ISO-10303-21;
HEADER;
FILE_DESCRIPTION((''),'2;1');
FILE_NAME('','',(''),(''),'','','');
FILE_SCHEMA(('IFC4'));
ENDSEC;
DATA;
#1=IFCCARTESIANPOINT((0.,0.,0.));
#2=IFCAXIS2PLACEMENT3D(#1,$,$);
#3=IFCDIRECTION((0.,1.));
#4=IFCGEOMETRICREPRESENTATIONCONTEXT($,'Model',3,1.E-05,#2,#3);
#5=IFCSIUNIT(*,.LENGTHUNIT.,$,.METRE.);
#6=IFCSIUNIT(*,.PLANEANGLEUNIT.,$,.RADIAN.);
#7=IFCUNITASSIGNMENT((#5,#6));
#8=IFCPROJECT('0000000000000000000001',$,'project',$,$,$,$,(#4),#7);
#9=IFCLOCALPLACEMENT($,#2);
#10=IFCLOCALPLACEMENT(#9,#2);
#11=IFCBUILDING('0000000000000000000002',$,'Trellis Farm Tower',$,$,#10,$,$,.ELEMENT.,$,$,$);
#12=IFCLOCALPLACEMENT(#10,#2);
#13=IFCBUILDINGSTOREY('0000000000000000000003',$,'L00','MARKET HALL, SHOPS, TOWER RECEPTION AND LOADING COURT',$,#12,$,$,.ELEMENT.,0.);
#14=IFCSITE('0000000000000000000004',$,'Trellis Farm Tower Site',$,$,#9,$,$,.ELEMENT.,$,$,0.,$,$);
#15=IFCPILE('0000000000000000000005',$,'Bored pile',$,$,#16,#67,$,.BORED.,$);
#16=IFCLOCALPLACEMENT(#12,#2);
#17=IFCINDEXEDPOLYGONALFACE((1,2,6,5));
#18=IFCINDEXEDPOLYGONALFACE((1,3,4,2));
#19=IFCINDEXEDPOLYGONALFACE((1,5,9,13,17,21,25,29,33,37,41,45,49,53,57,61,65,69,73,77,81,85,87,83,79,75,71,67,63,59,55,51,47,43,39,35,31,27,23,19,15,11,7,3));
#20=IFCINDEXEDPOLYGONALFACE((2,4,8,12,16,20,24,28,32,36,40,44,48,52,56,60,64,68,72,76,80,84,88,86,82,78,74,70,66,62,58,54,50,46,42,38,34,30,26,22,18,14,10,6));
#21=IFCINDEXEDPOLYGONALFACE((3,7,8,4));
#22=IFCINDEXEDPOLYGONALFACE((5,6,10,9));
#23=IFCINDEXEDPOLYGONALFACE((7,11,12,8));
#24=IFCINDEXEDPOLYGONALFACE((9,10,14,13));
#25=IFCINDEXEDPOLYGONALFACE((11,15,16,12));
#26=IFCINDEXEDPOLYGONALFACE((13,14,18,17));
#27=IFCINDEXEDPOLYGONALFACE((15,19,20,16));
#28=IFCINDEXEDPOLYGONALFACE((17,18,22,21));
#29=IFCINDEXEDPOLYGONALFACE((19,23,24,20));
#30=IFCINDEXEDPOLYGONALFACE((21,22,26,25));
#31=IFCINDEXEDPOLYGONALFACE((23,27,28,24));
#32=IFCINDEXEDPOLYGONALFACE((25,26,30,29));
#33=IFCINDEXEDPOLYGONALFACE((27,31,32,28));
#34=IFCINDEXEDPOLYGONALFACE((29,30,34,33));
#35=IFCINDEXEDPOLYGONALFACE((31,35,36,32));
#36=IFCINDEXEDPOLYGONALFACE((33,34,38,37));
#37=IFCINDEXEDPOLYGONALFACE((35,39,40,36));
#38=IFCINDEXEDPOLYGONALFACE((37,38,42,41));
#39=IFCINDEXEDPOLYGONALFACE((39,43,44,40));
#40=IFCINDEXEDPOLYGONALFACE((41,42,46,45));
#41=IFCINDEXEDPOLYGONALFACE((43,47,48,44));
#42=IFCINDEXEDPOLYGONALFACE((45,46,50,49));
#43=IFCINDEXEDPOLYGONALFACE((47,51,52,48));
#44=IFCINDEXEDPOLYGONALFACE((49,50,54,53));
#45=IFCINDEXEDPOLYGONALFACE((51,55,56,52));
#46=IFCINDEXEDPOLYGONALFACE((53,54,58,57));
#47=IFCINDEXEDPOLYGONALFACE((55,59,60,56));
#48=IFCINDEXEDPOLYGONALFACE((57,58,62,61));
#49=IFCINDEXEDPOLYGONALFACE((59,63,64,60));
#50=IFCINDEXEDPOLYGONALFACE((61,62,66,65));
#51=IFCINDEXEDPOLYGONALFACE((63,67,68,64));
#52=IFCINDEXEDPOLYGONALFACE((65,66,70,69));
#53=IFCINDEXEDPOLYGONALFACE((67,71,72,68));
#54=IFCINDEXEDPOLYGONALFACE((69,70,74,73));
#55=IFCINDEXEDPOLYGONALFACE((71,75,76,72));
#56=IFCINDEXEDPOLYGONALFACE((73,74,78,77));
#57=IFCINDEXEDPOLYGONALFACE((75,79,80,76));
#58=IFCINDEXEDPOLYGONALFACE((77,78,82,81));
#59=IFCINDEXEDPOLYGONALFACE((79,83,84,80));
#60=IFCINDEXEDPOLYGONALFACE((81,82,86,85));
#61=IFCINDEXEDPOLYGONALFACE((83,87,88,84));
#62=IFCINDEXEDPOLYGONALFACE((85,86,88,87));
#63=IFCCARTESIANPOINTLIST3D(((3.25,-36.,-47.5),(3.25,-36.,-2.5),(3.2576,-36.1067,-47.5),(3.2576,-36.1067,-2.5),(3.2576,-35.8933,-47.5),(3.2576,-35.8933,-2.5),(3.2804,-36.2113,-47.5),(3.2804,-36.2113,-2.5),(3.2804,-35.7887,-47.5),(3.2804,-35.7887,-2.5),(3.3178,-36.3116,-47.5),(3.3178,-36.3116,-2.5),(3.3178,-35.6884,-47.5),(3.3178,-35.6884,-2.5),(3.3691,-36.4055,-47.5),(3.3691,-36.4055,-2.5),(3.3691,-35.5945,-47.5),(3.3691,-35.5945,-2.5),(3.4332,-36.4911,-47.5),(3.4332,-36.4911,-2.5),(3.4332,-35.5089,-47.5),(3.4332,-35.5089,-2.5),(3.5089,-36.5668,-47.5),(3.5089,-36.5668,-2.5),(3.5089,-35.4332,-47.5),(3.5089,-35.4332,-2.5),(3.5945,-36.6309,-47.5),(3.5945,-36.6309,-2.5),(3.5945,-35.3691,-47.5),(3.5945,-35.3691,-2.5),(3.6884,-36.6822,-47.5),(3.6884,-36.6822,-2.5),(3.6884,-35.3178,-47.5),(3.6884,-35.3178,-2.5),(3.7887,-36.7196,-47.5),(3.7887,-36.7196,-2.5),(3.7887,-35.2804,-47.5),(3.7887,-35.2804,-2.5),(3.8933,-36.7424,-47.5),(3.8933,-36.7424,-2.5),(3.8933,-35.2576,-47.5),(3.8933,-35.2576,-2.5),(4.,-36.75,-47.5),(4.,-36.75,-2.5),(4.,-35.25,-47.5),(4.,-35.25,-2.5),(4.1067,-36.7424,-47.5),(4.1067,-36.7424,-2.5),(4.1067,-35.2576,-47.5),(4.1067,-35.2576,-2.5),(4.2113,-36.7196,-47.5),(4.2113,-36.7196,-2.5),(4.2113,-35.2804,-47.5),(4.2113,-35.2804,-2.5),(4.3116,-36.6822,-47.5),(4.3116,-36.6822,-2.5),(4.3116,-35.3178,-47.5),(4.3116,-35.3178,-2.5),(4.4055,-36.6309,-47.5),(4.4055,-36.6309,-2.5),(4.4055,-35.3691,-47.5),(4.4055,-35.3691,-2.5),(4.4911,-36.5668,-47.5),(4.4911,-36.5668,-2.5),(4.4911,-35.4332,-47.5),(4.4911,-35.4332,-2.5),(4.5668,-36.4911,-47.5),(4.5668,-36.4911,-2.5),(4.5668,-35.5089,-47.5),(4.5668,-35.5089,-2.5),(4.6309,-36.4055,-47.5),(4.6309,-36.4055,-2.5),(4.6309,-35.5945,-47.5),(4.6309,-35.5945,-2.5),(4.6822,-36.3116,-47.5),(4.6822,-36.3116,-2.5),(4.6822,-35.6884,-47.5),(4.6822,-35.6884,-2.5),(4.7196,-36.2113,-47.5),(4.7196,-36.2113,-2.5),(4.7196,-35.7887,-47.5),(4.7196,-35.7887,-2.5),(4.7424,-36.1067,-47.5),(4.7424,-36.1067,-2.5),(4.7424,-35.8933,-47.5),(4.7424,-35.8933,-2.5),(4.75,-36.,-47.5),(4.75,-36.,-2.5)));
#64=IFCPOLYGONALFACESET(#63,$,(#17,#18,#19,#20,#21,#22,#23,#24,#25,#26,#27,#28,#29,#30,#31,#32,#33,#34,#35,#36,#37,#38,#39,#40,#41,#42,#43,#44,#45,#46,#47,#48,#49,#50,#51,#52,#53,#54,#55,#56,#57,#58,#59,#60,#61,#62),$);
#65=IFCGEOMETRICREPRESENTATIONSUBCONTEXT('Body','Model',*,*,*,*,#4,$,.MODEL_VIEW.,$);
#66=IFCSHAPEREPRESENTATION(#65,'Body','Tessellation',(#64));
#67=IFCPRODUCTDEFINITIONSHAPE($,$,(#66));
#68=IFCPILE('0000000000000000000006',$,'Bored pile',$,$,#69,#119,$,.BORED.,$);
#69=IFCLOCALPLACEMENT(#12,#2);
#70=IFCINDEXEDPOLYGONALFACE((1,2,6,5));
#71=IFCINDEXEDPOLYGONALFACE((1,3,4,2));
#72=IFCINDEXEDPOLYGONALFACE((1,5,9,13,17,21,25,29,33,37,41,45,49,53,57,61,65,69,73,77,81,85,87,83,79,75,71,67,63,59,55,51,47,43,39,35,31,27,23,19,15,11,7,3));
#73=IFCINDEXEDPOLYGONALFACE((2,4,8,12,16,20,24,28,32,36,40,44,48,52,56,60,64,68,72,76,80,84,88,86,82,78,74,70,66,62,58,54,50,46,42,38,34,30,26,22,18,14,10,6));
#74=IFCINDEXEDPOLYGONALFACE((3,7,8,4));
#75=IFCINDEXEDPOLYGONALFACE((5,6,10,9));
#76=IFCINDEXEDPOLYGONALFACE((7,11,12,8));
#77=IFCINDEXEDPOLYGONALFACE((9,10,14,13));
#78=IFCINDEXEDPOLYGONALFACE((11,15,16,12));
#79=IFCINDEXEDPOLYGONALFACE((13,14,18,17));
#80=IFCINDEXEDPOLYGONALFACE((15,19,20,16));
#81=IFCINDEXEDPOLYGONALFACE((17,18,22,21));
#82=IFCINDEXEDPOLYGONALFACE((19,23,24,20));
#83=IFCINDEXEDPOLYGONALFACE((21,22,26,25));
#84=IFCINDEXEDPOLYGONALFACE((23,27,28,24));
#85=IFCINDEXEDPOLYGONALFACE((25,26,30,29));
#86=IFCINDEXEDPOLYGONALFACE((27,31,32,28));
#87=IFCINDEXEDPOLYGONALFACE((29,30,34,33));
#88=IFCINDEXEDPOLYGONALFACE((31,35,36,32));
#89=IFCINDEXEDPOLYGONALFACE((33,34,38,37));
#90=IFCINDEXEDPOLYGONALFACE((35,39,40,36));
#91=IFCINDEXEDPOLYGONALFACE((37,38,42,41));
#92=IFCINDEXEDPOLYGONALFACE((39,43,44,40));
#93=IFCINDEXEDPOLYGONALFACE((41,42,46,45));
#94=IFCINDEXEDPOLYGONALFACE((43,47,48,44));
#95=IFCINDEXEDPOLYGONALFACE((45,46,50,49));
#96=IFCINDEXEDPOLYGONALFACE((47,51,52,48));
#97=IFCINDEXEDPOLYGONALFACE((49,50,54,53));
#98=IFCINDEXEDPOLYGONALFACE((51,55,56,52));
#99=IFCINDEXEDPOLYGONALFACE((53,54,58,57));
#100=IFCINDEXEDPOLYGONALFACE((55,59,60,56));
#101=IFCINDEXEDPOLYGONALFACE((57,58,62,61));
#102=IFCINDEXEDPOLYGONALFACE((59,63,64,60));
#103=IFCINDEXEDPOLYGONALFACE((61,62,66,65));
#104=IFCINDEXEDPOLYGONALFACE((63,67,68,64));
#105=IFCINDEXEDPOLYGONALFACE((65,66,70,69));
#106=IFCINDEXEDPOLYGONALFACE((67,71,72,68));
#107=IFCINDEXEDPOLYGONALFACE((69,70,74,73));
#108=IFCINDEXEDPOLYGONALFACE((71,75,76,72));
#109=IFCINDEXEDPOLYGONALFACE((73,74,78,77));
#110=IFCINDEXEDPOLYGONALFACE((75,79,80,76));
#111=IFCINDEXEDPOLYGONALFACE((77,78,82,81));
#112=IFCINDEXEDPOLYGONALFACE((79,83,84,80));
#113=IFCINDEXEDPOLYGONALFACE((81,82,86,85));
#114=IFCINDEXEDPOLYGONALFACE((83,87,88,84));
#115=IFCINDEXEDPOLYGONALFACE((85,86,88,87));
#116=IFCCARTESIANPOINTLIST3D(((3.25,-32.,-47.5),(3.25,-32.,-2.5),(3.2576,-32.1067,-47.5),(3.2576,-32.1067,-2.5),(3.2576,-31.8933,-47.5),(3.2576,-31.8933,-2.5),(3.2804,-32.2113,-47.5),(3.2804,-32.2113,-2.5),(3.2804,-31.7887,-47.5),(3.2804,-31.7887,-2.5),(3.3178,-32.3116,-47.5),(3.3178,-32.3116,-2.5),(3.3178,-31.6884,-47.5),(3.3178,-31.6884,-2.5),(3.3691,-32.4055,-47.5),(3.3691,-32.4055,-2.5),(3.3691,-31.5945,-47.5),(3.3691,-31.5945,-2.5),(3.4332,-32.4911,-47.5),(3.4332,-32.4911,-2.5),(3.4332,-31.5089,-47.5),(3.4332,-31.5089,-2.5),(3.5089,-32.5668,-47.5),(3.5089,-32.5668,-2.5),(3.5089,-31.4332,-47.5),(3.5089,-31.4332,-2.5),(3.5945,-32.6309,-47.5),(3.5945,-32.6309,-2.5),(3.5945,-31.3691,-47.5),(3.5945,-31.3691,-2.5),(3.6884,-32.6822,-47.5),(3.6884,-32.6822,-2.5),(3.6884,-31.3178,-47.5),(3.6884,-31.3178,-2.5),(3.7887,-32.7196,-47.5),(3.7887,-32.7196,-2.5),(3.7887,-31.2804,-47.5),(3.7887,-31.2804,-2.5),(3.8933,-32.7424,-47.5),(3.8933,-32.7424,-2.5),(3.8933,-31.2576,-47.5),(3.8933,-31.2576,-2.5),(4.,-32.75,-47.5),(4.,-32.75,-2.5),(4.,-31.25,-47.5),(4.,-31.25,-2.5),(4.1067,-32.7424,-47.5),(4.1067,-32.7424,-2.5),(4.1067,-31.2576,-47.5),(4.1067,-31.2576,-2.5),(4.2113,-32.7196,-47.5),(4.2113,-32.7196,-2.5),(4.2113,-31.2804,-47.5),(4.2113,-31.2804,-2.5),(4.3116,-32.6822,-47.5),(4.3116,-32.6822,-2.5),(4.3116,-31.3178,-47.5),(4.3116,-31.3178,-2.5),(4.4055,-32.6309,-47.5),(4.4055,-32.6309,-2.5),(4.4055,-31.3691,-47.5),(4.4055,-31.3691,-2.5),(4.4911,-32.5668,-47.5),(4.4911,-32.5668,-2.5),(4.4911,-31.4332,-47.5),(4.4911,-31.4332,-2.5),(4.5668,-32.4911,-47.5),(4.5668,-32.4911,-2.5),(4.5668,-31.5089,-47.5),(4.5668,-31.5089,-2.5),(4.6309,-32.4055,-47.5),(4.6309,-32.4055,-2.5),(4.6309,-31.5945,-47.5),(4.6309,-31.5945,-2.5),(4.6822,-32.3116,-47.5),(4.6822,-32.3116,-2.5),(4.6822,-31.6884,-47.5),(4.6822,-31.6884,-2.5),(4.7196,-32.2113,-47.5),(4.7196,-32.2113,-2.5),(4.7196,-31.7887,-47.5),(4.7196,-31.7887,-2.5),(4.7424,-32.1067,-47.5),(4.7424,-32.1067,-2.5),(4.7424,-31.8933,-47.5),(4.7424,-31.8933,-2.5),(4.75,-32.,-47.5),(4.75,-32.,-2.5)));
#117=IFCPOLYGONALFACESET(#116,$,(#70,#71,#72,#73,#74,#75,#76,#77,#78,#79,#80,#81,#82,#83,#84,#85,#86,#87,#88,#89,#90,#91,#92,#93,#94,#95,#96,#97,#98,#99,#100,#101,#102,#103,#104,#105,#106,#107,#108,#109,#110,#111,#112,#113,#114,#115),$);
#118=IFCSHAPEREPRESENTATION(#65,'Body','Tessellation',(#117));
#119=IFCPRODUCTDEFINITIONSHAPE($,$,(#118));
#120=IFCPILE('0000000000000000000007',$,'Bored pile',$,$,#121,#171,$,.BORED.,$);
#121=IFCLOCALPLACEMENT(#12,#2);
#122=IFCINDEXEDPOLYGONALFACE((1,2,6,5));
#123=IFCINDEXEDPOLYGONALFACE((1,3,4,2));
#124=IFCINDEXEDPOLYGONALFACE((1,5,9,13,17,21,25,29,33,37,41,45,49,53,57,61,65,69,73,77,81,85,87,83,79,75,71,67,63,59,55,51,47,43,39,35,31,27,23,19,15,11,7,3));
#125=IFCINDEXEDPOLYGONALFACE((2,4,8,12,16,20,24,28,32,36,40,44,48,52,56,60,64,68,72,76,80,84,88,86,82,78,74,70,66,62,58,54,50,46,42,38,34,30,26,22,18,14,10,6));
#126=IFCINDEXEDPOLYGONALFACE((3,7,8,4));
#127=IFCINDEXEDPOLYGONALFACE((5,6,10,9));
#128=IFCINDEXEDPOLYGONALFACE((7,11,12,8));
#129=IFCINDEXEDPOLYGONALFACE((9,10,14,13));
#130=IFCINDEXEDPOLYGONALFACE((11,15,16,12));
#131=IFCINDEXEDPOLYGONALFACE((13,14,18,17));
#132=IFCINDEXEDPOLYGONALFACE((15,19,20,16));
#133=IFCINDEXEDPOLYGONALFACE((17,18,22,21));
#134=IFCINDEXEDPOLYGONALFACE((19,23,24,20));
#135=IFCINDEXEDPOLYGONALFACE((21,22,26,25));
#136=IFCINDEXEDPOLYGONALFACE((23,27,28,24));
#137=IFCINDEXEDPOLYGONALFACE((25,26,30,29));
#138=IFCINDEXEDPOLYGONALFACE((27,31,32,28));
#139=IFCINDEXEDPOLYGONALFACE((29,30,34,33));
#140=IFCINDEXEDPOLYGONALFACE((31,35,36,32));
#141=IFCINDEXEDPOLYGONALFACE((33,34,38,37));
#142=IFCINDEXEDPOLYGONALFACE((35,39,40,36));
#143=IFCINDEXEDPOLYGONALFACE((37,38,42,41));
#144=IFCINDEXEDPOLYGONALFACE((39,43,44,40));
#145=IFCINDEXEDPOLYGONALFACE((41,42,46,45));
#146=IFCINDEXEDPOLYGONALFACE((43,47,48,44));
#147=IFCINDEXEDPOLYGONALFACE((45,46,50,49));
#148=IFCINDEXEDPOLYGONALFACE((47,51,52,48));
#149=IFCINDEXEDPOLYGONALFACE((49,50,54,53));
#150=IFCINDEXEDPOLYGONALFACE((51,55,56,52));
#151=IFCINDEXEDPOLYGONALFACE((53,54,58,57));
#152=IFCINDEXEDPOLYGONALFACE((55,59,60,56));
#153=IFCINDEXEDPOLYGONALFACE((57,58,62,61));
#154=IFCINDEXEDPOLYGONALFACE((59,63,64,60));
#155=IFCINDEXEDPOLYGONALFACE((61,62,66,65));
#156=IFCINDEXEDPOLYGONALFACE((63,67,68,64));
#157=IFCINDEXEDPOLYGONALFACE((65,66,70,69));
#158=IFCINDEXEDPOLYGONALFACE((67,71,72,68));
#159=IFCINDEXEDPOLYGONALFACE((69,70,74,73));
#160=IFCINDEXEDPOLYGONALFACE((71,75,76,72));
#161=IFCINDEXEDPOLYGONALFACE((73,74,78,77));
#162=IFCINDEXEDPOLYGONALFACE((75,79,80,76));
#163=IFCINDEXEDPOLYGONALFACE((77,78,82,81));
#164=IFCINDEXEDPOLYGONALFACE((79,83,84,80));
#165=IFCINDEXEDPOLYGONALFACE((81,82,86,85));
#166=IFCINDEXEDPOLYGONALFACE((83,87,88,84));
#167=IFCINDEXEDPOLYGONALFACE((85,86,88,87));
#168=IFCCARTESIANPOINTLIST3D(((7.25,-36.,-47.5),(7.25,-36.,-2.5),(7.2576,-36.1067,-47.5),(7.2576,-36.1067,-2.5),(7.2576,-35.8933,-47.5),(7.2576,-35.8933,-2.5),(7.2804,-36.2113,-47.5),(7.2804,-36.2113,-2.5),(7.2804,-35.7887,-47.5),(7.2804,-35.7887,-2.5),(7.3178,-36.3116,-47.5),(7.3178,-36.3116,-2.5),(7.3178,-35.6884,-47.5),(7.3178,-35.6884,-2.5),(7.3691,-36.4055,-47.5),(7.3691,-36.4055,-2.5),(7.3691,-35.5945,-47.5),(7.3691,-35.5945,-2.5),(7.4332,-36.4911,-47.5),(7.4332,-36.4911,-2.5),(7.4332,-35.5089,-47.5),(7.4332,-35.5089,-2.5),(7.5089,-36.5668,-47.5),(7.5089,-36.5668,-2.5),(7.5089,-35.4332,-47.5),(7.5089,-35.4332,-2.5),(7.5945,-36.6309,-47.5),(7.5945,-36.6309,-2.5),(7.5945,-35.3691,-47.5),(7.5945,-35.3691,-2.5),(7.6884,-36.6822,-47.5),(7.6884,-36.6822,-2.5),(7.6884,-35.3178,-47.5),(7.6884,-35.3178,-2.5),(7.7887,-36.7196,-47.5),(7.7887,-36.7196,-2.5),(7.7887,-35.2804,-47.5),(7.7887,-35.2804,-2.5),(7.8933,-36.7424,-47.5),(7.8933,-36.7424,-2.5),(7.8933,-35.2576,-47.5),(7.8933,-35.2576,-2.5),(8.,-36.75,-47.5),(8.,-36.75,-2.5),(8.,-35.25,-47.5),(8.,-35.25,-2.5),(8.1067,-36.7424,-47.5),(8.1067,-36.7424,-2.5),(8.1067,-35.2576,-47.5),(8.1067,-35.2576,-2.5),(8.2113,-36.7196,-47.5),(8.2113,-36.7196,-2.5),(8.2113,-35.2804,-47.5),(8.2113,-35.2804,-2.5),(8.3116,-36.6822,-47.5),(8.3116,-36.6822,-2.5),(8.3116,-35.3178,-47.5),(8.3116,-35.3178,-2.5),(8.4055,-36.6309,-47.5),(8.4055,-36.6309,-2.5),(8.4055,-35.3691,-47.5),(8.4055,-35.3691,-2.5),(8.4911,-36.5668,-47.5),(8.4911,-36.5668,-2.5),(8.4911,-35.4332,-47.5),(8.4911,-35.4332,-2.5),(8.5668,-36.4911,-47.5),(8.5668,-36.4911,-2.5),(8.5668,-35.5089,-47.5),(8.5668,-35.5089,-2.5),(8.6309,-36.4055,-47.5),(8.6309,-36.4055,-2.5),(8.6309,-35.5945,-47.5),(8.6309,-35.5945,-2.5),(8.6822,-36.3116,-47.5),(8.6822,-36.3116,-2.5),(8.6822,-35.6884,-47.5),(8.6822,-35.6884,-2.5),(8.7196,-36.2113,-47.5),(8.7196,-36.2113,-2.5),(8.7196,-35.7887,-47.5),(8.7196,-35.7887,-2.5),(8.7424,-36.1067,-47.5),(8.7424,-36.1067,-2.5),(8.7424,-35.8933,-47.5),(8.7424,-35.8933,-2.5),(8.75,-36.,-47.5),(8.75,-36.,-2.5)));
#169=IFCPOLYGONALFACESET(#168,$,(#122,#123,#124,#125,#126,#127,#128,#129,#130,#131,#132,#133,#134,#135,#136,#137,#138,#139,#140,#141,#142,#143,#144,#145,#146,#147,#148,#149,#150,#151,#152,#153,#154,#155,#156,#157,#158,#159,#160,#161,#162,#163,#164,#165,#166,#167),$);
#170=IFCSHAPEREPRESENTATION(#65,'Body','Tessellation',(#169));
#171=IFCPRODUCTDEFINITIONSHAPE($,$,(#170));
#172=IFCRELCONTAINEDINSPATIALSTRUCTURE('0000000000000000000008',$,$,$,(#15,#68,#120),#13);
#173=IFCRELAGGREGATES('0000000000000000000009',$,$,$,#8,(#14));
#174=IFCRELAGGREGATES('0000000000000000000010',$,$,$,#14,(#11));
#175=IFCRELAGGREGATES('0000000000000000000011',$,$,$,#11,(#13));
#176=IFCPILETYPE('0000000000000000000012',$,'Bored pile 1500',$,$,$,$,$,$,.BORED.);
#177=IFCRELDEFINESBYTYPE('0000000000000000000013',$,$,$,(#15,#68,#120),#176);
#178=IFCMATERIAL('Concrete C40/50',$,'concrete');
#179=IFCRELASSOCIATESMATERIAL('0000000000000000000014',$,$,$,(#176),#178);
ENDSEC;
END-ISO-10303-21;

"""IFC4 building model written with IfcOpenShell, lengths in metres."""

from ifc_helpers import new_model, si_unit, direction, frame, origin, origin_2d, place, context, subcontext, project, spatial, circle, extrude, source, transform, mapped, material, material_profile, profile_set, type_object, element, save


model = new_model("IFC4")

# Units and contexts
model_context = context("Model", 3, precision=1e-05, world=origin(), true_north=direction((0.0, 1.0)))
body_context = subcontext(model_context, "Body", "Model", "MODEL_VIEW")
ifc_project = project(units=[si_unit("LENGTHUNIT", "METRE"), si_unit("PLANEANGLEUNIT", "RADIAN")], contexts=[model_context])

# Site, building, storey
site_placement = place(None, origin())
site = spatial("IfcSite", under=ifc_project, at=site_placement, Name="Trellis Farm Tower Site", CompositionType="ELEMENT", RefElevation=0.0)
building_placement = place(site_placement, origin())
building = spatial("IfcBuilding", under=site, at=building_placement, Name="Trellis Farm Tower", CompositionType="ELEMENT")
storey_placement = place(building_placement, origin())
storey = spatial("IfcBuildingStorey", under=building, at=storey_placement, Name="L00", Description="MARKET HALL, SHOPS, TOWER RECEPTION AND LOADING COURT", CompositionType="ELEMENT", Elevation=0.0)

# Piles
ifc_material_1 = material(Name="Concrete C40/50", Category="concrete")
ifc_material_profile_1 = material_profile(ifc_material_1, circle(Radius=0.75, at=origin_2d()), Name="Bored pile 1500")
ifc_profile_set_1 = profile_set([ifc_material_profile_1], Name="Concrete C40/50")
pile_type = type_object("IfcPileType", Name="Bored pile 1500", PredefinedType="BORED", material=ifc_profile_set_1)
shared_shape_1 = source(origin(), body_context, "Body", "SweptSolid", [
    extrude(circle(Radius=0.75, at=origin_2d()), origin(), (0.0, 0.0, 1.0), 45.0),
])
for number, where, z_axis, x_axis, name in (
    (1, (4.0, -36.0, -2.5), (0.0, 0.0, -1.0), (1.0, 0.0, 0.0), "Bored pile"),
    (2, (4.0, -32.0, -2.5), (0.0, 0.0, -1.0), (1.0, 0.0, 0.0), "Bored pile"),
    (3, (8.0, -36.0, -2.5), (0.0, 0.0, -1.0), (1.0, 0.0, 0.0), "Bored pile"),
):
    element("IfcPile", number, at=place(storey_placement, frame(where, z_axis=z_axis, x_axis=x_axis)), inside=storey, type_object=pile_type, Name=name, PredefinedType="BORED", context=body_context, shape_type="MappedRepresentation", body=[
        mapped(shared_shape_1, transform((0.0, 0.0, 0.0))),
    ])

save(model, "model.ifc")
